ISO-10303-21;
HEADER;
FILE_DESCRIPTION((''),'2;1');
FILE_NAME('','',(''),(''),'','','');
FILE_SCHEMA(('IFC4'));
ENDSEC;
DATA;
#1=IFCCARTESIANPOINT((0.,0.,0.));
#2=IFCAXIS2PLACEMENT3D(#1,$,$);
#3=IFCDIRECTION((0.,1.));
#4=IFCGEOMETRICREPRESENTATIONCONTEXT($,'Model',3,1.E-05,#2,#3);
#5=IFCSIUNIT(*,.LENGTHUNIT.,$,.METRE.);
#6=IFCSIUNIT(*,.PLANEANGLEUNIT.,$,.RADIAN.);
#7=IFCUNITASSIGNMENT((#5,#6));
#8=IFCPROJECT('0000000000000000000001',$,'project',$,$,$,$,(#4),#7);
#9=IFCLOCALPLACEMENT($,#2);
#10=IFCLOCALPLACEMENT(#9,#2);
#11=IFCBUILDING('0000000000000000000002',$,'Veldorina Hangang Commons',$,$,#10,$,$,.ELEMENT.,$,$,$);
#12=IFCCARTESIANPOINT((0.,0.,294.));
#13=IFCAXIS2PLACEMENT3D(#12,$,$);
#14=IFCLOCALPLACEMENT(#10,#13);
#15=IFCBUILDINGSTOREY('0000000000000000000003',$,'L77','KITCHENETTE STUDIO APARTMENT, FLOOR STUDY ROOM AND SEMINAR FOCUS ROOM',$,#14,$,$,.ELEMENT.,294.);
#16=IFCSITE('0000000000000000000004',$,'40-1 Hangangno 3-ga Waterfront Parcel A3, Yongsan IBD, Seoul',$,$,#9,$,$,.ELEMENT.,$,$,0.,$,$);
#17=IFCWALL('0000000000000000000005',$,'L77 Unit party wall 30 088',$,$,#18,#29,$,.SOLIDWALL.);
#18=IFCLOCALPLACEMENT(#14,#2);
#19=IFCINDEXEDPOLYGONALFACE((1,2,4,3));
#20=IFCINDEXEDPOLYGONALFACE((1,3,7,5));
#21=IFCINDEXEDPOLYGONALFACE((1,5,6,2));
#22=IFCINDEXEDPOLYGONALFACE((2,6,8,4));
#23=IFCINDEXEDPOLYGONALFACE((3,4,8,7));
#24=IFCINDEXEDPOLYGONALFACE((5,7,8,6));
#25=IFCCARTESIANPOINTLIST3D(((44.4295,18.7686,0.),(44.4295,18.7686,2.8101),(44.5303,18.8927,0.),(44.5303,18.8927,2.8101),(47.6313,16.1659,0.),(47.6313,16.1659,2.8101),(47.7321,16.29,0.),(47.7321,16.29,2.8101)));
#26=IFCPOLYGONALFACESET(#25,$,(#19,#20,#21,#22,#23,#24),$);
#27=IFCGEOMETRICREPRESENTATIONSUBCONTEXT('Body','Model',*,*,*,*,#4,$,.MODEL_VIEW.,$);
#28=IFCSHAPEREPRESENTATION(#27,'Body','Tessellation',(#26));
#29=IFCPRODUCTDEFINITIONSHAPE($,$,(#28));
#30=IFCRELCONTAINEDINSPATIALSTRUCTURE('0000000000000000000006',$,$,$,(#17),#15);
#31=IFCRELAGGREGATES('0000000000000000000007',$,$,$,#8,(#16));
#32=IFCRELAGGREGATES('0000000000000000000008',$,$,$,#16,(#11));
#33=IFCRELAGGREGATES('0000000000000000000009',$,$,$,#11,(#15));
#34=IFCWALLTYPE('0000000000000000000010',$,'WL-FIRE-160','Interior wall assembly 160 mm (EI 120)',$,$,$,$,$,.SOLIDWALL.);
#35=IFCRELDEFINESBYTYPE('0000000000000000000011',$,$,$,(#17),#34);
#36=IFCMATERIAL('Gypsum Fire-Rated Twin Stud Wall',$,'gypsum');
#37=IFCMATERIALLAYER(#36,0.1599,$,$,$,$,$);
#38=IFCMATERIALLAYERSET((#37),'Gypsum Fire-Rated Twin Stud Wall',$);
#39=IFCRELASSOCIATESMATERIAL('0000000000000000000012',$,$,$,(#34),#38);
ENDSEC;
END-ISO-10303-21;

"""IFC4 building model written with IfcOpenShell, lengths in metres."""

from ifc_helpers import new_model, si_unit, direction, frame, frame_2d, origin, place, context, subcontext, project, spatial, rectangle, extrude, material, layer, layer_set, type_object, element, save


model = new_model("IFC4")

# Units and contexts
model_context = context("Model", 3, precision=1e-05, world=origin(), true_north=direction((0.0, 1.0)))
body_context = subcontext(model_context, "Body", "Model", "MODEL_VIEW")
ifc_project = project(units=[si_unit("LENGTHUNIT", "METRE"), si_unit("PLANEANGLEUNIT", "RADIAN")], contexts=[model_context])

# Site, building, storey
site_placement = place(None, origin())
site = spatial("IfcSite", under=ifc_project, at=site_placement, Name="40-1 Hangangno 3-ga Waterfront Parcel A3, Yongsan IBD, Seoul", CompositionType="ELEMENT", RefElevation=0.0)
building_placement = place(site_placement, origin())
building = spatial("IfcBuilding", under=site, at=building_placement, Name="Veldorina Hangang Commons", CompositionType="ELEMENT")
storey_placement = place(building_placement, frame((0.0, 0.0, 294.0)))
storey = spatial("IfcBuildingStorey", under=building, at=storey_placement, Name="L77", Description="KITCHENETTE STUDIO APARTMENT, FLOOR STUDY ROOM AND SEMINAR FOCUS ROOM", CompositionType="ELEMENT", Elevation=294.0)

# Shared definitions
ifc_material_1 = material(Name="Gypsum Fire-Rated Twin Stud Wall", Category="gypsum")
ifc_layer_1 = layer(ifc_material_1, 0.1599)
ifc_layer_set_1 = layer_set([ifc_layer_1], Name="Gypsum Fire-Rated Twin Stud Wall")
wall_type_1 = type_object("IfcWallType", Name="WL-FIRE-160", Description="Interior wall assembly 160 mm (EI 120)", PredefinedType="SOLIDWALL", material=ifc_layer_set_1)

# Wall
wall_1_placement = place(storey_placement, frame((44.48, 18.8306, 0.0), z_axis=(0.0, 0.0, 1.0), x_axis=(0.775967, -0.630773, 0.0)))
element("IfcWall", 1, at=wall_1_placement, inside=storey, type_object=wall_type_1, Name="L77 Unit party wall 30 088", PredefinedType="SOLIDWALL", context=body_context, shape_type="SweptSolid", body=[
    extrude(rectangle(XDim=4.1262, YDim=0.1599, at=frame_2d((2.063, 0.0))), origin(), (0.0, 0.0, 1.0), 2.8101),
])

save(model, "model.ifc")
